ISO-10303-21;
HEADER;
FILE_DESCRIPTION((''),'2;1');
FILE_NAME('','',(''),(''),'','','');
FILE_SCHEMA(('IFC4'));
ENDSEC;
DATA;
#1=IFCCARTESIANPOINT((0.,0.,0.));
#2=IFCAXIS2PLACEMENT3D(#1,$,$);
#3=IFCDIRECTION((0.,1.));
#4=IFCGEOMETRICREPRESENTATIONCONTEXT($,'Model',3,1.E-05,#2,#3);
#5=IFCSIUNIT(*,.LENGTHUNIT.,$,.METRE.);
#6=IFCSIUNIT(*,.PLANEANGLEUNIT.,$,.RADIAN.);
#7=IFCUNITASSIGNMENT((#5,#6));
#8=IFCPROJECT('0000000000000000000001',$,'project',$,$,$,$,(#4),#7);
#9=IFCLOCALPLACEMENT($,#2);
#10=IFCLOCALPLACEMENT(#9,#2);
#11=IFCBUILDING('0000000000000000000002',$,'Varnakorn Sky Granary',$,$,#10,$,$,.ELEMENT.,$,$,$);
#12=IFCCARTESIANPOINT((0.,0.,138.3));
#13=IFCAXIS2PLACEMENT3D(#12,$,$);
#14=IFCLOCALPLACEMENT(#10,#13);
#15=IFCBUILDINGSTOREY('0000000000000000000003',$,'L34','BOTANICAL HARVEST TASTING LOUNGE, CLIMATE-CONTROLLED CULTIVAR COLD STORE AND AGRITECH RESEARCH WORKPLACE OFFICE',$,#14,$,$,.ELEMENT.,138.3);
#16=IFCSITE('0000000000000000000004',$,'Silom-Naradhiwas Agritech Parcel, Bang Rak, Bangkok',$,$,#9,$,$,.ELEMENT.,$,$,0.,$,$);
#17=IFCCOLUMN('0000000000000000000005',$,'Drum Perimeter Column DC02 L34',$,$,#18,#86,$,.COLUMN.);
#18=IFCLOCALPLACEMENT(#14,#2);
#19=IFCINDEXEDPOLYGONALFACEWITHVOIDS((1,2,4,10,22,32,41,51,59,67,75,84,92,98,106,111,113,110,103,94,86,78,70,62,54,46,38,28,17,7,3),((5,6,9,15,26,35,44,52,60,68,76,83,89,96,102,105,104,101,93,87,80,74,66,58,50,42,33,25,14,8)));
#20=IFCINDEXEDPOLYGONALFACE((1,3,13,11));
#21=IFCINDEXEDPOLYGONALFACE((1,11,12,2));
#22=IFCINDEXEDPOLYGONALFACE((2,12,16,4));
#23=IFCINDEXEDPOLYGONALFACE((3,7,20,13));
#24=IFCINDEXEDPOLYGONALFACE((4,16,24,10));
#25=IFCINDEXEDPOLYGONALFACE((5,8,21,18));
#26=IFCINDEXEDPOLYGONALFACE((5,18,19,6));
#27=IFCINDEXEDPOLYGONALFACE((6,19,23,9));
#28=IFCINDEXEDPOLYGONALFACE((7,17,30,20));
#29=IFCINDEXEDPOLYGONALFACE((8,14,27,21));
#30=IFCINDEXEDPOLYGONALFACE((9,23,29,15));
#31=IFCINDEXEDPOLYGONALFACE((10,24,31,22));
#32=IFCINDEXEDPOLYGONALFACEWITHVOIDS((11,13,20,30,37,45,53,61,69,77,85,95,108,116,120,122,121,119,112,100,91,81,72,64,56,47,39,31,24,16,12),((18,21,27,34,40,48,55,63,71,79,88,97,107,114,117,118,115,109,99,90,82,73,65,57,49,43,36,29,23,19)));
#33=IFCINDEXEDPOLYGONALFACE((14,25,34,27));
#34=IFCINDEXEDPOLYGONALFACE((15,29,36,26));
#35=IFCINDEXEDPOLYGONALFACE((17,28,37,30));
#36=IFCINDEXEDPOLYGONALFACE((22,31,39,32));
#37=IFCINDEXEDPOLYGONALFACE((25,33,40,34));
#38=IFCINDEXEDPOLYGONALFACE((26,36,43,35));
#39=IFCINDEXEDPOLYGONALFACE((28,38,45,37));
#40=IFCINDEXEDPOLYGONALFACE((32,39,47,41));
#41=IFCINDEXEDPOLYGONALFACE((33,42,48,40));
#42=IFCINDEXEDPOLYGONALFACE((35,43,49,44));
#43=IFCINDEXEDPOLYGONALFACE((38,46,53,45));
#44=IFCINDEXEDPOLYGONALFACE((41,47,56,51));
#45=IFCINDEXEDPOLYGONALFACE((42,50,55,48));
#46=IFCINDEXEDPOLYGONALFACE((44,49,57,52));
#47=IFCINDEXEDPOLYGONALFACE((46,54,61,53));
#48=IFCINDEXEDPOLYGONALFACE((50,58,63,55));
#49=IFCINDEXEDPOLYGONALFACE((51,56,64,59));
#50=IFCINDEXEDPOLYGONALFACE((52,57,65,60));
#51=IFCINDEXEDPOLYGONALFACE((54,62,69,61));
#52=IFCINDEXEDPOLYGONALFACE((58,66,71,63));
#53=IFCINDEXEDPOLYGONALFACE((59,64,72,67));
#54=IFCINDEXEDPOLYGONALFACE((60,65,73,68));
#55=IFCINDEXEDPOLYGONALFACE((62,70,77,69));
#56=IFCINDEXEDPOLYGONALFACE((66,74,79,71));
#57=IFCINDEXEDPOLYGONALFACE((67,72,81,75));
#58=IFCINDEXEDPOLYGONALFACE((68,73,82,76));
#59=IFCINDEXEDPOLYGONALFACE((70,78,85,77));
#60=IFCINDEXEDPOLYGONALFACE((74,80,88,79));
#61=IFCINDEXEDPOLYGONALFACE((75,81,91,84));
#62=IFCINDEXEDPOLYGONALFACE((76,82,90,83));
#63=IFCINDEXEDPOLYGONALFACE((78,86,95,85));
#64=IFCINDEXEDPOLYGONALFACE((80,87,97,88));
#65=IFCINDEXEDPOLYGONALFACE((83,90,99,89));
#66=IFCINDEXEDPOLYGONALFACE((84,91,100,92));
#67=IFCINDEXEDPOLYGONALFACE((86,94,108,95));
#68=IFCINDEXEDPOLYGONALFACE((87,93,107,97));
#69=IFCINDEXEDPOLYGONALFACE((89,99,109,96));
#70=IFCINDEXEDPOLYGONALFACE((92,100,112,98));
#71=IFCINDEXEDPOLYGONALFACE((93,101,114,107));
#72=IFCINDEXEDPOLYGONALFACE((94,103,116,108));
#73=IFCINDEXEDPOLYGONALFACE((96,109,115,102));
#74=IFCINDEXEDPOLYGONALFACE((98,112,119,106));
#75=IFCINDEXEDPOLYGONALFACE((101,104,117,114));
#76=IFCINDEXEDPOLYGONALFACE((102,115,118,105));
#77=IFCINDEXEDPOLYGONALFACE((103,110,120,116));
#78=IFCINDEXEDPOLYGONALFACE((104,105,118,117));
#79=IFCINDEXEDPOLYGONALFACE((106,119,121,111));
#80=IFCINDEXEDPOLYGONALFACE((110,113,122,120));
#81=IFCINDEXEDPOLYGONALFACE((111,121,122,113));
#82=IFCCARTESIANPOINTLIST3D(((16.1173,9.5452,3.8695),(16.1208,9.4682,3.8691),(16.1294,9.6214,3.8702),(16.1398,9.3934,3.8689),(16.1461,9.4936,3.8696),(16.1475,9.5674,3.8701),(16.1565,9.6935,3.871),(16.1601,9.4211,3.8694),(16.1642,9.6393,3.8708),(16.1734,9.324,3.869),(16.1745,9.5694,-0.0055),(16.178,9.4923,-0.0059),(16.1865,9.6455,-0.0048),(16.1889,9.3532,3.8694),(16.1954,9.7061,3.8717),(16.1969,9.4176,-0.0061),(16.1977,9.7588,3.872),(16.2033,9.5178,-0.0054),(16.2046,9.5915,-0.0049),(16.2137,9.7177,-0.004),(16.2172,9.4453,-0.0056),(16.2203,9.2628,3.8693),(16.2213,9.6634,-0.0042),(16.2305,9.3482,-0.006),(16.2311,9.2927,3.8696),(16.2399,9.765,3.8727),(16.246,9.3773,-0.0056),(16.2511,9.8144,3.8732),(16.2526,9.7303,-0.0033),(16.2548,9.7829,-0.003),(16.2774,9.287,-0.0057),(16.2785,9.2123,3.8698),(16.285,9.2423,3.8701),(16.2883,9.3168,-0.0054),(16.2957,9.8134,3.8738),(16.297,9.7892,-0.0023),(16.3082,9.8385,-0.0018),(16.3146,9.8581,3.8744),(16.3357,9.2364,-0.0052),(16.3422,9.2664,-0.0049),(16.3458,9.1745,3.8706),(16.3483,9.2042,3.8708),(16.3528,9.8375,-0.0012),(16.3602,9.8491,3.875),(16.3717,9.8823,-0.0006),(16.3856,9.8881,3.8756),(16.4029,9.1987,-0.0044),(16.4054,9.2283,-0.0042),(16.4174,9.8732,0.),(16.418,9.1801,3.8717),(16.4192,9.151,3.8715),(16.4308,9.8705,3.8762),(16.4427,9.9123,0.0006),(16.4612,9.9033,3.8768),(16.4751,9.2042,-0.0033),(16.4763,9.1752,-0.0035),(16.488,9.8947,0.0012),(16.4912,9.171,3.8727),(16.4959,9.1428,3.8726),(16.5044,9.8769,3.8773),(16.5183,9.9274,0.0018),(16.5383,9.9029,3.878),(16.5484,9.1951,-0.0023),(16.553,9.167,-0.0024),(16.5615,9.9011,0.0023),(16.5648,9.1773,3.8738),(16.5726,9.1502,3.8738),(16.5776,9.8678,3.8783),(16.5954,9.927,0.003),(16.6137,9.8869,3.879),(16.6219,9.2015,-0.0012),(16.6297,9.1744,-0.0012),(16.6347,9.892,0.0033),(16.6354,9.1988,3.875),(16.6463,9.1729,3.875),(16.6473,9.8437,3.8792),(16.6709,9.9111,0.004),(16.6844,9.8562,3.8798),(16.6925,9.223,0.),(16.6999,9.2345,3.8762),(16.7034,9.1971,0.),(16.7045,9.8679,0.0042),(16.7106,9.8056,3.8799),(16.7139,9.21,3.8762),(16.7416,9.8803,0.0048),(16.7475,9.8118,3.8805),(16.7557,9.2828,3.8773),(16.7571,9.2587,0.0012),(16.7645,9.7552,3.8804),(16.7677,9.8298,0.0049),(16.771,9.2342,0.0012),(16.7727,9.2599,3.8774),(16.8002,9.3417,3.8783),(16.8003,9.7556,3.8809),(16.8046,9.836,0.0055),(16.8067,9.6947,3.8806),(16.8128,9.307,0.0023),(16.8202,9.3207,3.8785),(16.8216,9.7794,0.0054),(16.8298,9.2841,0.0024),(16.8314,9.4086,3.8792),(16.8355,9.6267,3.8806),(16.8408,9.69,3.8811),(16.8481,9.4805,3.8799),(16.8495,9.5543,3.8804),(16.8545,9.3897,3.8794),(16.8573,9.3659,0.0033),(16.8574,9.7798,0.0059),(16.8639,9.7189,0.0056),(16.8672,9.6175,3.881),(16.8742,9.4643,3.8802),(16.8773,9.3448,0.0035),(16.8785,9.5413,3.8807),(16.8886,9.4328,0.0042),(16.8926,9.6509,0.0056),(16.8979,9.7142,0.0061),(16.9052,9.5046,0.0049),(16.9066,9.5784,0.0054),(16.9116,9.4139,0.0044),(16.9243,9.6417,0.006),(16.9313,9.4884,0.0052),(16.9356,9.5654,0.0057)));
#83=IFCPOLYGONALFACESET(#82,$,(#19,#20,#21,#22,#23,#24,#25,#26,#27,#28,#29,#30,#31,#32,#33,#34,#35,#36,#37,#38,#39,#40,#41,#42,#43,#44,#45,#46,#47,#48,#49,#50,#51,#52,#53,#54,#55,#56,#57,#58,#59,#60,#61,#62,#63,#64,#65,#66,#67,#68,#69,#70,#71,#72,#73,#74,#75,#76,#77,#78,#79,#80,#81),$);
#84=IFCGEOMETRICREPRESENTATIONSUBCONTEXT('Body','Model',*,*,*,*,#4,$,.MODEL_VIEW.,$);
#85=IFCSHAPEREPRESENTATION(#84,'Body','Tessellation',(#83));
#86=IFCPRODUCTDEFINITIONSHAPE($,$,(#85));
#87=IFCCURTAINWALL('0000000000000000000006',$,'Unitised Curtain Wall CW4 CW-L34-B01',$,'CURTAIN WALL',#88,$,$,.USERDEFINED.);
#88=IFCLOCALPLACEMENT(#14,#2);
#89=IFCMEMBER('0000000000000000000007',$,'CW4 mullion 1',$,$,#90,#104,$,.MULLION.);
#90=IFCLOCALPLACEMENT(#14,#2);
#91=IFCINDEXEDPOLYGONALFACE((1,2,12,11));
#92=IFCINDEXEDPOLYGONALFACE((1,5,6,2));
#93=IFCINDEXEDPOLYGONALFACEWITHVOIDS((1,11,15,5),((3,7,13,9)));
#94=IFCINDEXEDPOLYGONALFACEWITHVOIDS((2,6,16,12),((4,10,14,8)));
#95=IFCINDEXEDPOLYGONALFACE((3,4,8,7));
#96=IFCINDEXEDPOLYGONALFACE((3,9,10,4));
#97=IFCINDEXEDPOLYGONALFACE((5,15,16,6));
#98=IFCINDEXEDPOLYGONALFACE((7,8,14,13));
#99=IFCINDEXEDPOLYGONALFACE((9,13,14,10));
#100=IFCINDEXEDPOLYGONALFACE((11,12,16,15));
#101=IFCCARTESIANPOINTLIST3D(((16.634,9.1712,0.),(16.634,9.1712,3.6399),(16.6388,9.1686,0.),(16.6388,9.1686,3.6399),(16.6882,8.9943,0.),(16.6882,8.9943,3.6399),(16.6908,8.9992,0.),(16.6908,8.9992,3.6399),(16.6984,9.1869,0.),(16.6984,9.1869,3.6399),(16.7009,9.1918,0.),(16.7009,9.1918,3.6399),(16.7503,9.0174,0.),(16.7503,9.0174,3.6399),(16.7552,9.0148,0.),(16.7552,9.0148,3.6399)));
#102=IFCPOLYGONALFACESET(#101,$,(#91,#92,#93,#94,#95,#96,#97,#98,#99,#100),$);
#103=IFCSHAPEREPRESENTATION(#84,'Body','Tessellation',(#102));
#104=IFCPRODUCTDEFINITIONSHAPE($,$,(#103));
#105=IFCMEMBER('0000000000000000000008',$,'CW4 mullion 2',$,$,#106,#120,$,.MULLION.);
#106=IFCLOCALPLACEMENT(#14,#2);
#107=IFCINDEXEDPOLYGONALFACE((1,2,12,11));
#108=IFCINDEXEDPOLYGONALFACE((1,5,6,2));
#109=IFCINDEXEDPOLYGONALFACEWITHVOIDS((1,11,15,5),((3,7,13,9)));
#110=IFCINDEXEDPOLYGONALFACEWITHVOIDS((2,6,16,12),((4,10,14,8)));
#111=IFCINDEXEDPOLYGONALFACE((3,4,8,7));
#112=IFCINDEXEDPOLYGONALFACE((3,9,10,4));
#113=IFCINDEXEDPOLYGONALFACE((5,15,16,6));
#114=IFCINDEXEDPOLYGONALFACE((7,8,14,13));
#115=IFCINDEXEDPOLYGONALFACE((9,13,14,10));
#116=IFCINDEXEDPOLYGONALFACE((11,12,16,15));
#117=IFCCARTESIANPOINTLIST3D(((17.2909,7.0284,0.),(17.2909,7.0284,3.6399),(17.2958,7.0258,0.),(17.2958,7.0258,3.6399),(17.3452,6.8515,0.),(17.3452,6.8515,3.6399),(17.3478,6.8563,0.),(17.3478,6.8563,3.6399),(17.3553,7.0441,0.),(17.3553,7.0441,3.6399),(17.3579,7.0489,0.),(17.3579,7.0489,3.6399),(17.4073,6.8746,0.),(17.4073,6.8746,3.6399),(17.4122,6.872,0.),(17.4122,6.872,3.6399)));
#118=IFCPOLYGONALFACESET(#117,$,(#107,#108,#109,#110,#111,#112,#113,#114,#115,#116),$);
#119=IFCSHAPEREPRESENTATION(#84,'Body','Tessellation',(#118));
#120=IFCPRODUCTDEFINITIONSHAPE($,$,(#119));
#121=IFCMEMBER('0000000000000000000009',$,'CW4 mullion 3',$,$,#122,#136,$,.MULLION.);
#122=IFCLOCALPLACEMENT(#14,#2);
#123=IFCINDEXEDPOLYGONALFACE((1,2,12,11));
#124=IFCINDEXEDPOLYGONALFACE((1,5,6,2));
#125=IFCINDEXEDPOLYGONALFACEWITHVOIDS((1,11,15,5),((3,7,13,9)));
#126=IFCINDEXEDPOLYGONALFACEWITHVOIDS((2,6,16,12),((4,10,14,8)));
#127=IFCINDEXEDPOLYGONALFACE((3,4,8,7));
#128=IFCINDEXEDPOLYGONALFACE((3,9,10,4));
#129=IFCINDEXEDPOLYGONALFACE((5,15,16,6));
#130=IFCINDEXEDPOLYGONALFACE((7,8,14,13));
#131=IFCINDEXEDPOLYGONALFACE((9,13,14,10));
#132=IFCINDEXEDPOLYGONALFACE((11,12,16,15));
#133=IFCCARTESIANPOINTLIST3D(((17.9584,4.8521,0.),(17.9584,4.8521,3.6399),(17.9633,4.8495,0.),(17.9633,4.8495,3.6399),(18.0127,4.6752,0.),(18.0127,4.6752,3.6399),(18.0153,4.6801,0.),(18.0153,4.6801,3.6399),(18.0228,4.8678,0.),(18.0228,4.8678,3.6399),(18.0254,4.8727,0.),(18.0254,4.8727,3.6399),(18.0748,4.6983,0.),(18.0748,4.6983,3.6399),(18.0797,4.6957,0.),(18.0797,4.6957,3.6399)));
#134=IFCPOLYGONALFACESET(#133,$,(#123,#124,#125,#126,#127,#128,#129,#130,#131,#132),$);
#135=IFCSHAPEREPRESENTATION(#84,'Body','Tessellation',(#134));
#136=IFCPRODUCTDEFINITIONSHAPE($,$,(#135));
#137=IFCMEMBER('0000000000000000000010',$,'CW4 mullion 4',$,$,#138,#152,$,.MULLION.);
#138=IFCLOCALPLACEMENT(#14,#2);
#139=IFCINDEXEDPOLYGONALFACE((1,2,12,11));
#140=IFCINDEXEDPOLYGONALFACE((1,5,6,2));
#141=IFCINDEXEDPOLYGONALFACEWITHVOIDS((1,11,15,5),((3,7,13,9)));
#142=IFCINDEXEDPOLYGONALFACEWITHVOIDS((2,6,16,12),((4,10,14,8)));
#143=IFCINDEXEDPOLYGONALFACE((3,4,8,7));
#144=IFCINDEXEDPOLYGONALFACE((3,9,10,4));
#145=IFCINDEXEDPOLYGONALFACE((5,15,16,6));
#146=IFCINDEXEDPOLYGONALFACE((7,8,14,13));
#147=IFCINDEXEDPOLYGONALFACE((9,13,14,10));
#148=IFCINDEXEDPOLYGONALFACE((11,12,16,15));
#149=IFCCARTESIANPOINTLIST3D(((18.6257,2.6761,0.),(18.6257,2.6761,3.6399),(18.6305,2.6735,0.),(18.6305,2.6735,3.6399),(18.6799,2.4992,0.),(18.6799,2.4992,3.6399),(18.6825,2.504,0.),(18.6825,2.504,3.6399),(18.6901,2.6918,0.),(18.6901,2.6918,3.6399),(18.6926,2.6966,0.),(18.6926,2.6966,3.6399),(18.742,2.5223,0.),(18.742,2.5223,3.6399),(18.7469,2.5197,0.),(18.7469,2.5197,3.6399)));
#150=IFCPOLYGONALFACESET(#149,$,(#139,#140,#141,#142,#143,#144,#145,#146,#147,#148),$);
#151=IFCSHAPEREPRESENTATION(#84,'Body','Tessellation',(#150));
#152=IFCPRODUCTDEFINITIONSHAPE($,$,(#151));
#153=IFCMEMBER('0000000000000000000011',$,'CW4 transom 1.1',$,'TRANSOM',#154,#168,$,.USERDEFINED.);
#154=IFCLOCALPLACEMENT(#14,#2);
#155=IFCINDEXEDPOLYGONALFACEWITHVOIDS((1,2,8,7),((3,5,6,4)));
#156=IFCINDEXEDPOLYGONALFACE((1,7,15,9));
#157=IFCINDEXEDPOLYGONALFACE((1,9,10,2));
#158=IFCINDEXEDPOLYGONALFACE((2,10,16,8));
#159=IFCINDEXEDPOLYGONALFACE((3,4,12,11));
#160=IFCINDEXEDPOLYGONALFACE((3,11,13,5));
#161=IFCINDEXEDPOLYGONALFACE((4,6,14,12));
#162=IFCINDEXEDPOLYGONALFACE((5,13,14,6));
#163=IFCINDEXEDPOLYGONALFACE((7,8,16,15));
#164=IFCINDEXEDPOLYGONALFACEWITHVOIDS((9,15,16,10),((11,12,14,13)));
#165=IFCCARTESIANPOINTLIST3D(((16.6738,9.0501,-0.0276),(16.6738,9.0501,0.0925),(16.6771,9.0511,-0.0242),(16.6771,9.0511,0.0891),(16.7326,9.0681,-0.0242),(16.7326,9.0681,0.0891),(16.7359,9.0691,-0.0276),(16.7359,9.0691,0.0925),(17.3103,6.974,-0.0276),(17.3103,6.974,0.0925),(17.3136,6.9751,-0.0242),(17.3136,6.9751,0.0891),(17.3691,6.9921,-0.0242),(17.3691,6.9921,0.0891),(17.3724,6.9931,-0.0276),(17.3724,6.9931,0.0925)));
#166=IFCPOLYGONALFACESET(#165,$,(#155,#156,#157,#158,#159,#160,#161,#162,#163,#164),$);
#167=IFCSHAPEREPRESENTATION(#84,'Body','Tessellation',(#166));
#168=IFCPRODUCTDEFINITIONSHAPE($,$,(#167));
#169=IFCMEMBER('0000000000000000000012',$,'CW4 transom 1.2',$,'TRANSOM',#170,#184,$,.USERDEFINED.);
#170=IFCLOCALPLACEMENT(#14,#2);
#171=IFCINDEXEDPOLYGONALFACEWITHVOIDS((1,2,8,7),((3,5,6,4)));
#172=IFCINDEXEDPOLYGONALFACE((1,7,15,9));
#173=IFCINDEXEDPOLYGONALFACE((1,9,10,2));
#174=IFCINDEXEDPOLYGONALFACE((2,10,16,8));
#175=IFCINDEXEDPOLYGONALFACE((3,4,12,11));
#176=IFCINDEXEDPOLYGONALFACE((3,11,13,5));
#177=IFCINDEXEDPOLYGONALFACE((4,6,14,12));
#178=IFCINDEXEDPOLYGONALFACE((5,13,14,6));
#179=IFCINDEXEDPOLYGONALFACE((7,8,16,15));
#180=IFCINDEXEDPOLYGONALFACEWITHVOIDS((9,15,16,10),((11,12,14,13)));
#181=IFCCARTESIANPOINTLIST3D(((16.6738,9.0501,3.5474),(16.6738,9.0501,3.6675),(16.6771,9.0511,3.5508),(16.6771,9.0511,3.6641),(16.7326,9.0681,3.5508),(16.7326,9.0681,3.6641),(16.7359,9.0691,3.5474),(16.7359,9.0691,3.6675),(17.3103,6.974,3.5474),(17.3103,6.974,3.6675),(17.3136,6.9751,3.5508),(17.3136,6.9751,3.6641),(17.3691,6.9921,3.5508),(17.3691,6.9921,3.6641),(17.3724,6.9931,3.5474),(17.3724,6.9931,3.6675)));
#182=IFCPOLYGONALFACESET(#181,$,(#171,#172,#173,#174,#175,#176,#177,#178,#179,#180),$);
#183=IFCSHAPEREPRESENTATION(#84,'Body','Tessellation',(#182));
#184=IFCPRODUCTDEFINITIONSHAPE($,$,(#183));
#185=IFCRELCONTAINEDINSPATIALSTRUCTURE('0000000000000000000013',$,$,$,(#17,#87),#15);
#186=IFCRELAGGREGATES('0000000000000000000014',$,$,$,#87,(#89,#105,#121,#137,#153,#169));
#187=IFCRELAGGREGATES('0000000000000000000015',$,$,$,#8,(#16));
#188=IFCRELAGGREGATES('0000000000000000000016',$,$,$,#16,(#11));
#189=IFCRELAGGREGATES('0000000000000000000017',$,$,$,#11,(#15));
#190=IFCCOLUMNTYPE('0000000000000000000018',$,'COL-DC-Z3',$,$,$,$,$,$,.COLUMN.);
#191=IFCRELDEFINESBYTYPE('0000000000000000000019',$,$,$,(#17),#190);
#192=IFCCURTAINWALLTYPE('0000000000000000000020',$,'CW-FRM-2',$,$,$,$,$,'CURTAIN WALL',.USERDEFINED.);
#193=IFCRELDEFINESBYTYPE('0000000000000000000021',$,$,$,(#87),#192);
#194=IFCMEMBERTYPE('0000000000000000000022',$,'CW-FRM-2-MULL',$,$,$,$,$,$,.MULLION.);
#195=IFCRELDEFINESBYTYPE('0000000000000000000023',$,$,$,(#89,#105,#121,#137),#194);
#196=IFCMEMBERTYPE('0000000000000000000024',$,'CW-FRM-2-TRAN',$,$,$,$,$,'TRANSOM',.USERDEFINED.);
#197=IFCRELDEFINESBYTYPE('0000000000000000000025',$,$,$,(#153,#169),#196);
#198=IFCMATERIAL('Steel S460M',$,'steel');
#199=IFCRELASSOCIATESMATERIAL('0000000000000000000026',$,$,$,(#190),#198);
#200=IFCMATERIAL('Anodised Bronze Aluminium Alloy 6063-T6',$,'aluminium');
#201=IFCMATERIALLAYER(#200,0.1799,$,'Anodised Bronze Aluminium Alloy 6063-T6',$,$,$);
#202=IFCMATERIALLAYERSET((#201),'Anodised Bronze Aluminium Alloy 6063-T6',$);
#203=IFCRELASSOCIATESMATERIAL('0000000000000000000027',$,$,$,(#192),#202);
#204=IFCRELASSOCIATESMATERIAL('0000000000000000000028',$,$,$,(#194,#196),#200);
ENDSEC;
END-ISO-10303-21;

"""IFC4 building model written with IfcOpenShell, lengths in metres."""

from ifc_helpers import new_model, si_unit, direction, frame, origin, origin_2d, place, context, subcontext, project, spatial, hollow_rectangle, hollow_circle, extrude, material, layer, layer_set, material_profile, profile_set, type_object, element, aggregate, save


model = new_model("IFC4")

# Units and contexts
model_context = context("Model", 3, precision=1e-05, world=origin(), true_north=direction((0.0, 1.0)))
body_context = subcontext(model_context, "Body", "Model", "MODEL_VIEW")
ifc_project = project(units=[si_unit("LENGTHUNIT", "METRE"), si_unit("PLANEANGLEUNIT", "RADIAN")], contexts=[model_context])

# Site, building, storey
site_placement = place(None, origin())
site = spatial("IfcSite", under=ifc_project, at=site_placement, Name="Silom-Naradhiwas Agritech Parcel, Bang Rak, Bangkok", CompositionType="ELEMENT", RefElevation=0.0)
building_placement = place(site_placement, origin())
building = spatial("IfcBuilding", under=site, at=building_placement, Name="Varnakorn Sky Granary", CompositionType="ELEMENT")
storey_placement = place(building_placement, frame((0.0, 0.0, 138.3)))
storey = spatial("IfcBuildingStorey", under=building, at=storey_placement, Name="L34", Description="BOTANICAL HARVEST TASTING LOUNGE, CLIMATE-CONTROLLED CULTIVAR COLD STORE AND AGRITECH RESEARCH WORKPLACE OFFICE", CompositionType="ELEMENT", Elevation=138.3)

# Column
ifc_material_1 = material(Name="Steel S460M", Category="steel")
ifc_material_profile_1 = material_profile(ifc_material_1, hollow_circle(Radius=0.3811, WallThickness=0.0281, at=origin_2d()), Name="CHS 762x28")
ifc_profile_set_1 = profile_set([ifc_material_profile_1], Name="Steel S460M")
column_type = type_object("IfcColumnType", Name="COL-DC-Z3", PredefinedType="COLUMN", material=ifc_profile_set_1)
column_placement = place(storey_placement, frame((16.5549, 9.5481, 0.0), z_axis=(-0.014741, -0.006237, 0.999872), x_axis=(0.38964, -0.920967, 0.0)))
element("IfcColumn", 1, at=column_placement, inside=storey, type_object=column_type, Name="Drum Perimeter Column DC02 L34", PredefinedType="COLUMN", context=body_context, shape_type="SweptSolid", body=[
    extrude(hollow_circle(Radius=0.3811, WallThickness=0.0281, at=origin_2d()), origin(), (0.0, 0.0, 1.0), 3.8755),
])

# Curtain wall, members
ifc_material_2 = material(Name="Anodised Bronze Aluminium Alloy 6063-T6", Category="aluminium")
ifc_layer_1 = layer(ifc_material_2, 0.1799, Name="Anodised Bronze Aluminium Alloy 6063-T6")
ifc_layer_set_1 = layer_set([ifc_layer_1], Name="Anodised Bronze Aluminium Alloy 6063-T6")
curtain_wall_type = type_object("IfcCurtainWallType", Name="CW-FRM-2", ElementType="CURTAIN WALL", PredefinedType="USERDEFINED", material=ifc_layer_set_1)
curtain_wall_placement = place(storey_placement, origin())
curtain_wall = element("IfcCurtainWall", 2, at=curtain_wall_placement, inside=storey, type_object=curtain_wall_type, Name="Unitised Curtain Wall CW4 CW-L34-B01", ObjectType="CURTAIN WALL", PredefinedType="USERDEFINED")
ifc_material_profile_2 = material_profile(ifc_material_2, hollow_rectangle(XDim=0.0701, YDim=0.1851, WallThickness=0.0039, at=origin_2d()), Name="ALU MULL 70x185")
ifc_profile_set_2 = profile_set([ifc_material_profile_2], Name="Anodised Bronze Aluminium Alloy 6063-T6")
member_type_1 = type_object("IfcMemberType", Name="CW-FRM-2-MULL", PredefinedType="MULLION", material=ifc_profile_set_2)
member_1_placement = place(storey_placement, frame((16.6946, 9.093, 0.0), z_axis=(0.0, 0.0, 1.0), x_axis=(0.956053, 0.293193, 0.0)))
member_1 = element("IfcMember", 3, at=member_1_placement, type_object=member_type_1, Name="CW4 mullion 1", PredefinedType="MULLION", context=body_context, shape_type="SweptSolid", body=[
    extrude(hollow_rectangle(XDim=0.0701, YDim=0.1851, WallThickness=0.0039, at=origin_2d()), origin(), (0.0, 0.0, 1.0), 3.6399),
])
member_2_placement = place(storey_placement, frame((17.3516, 6.9502, 0.0), z_axis=(0.0, 0.0, 1.0), x_axis=(0.956053, 0.293193, 0.0)))
member_2 = element("IfcMember", 4, at=member_2_placement, type_object=member_type_1, Name="CW4 mullion 2", PredefinedType="MULLION", context=body_context, shape_type="SweptSolid", body=[
    extrude(hollow_rectangle(XDim=0.0701, YDim=0.1851, WallThickness=0.0039, at=origin_2d()), origin(), (0.0, 0.0, 1.0), 3.6399),
])
member_3_placement = place(storey_placement, frame((18.019, 4.7739, 0.0), z_axis=(0.0, 0.0, 1.0), x_axis=(0.956053, 0.293193, 0.0)))
member_3 = element("IfcMember", 5, at=member_3_placement, type_object=member_type_1, Name="CW4 mullion 3", PredefinedType="MULLION", context=body_context, shape_type="SweptSolid", body=[
    extrude(hollow_rectangle(XDim=0.0701, YDim=0.1851, WallThickness=0.0039, at=origin_2d()), origin(), (0.0, 0.0, 1.0), 3.6399),
])
member_4_placement = place(storey_placement, frame((18.6863, 2.5979, 0.0), z_axis=(0.0, 0.0, 1.0), x_axis=(0.956053, 0.293193, 0.0)))
member_4 = element("IfcMember", 6, at=member_4_placement, type_object=member_type_1, Name="CW4 mullion 4", PredefinedType="MULLION", context=body_context, shape_type="SweptSolid", body=[
    extrude(hollow_rectangle(XDim=0.0701, YDim=0.1851, WallThickness=0.0039, at=origin_2d()), origin(), (0.0, 0.0, 1.0), 3.6399),
])
ifc_material_profile_3 = material_profile(ifc_material_2, hollow_rectangle(XDim=0.0649, YDim=0.1201, WallThickness=0.0034, at=origin_2d()), Name="ALU TRAN 65x120")
ifc_profile_set_3 = profile_set([ifc_material_profile_3], Name="Anodised Bronze Aluminium Alloy 6063-T6")
member_type_2 = type_object("IfcMemberType", Name="CW-FRM-2-TRAN", ElementType="TRANSOM", PredefinedType="USERDEFINED", material=ifc_profile_set_3)
member_5_placement = place(storey_placement, frame((16.7048, 9.0596, 0.0325), z_axis=(0.29313, -0.956073, 0.0), x_axis=(0.956073, 0.29313, 0.0)))
member_5 = element("IfcMember", 7, at=member_5_placement, type_object=member_type_2, Name="CW4 transom 1.1", ObjectType="TRANSOM", PredefinedType="USERDEFINED", context=body_context, shape_type="SweptSolid", body=[
    extrude(hollow_rectangle(XDim=0.0649, YDim=0.1201, WallThickness=0.0034, at=origin_2d()), origin(), (0.0, 0.0, 1.0), 2.1714),
])
member_6_placement = place(storey_placement, frame((16.7048, 9.0596, 3.6074), z_axis=(0.29313, -0.956073, 0.0), x_axis=(0.956073, 0.29313, 0.0)))
member_6 = element("IfcMember", 8, at=member_6_placement, type_object=member_type_2, Name="CW4 transom 1.2", ObjectType="TRANSOM", PredefinedType="USERDEFINED", context=body_context, shape_type="SweptSolid", body=[
    extrude(hollow_rectangle(XDim=0.0649, YDim=0.1201, WallThickness=0.0034, at=origin_2d()), origin(), (0.0, 0.0, 1.0), 2.1714),
])

aggregate(curtain_wall, [member_1, member_2, member_3, member_4, member_5, member_6])

save(model, "model.ifc")
